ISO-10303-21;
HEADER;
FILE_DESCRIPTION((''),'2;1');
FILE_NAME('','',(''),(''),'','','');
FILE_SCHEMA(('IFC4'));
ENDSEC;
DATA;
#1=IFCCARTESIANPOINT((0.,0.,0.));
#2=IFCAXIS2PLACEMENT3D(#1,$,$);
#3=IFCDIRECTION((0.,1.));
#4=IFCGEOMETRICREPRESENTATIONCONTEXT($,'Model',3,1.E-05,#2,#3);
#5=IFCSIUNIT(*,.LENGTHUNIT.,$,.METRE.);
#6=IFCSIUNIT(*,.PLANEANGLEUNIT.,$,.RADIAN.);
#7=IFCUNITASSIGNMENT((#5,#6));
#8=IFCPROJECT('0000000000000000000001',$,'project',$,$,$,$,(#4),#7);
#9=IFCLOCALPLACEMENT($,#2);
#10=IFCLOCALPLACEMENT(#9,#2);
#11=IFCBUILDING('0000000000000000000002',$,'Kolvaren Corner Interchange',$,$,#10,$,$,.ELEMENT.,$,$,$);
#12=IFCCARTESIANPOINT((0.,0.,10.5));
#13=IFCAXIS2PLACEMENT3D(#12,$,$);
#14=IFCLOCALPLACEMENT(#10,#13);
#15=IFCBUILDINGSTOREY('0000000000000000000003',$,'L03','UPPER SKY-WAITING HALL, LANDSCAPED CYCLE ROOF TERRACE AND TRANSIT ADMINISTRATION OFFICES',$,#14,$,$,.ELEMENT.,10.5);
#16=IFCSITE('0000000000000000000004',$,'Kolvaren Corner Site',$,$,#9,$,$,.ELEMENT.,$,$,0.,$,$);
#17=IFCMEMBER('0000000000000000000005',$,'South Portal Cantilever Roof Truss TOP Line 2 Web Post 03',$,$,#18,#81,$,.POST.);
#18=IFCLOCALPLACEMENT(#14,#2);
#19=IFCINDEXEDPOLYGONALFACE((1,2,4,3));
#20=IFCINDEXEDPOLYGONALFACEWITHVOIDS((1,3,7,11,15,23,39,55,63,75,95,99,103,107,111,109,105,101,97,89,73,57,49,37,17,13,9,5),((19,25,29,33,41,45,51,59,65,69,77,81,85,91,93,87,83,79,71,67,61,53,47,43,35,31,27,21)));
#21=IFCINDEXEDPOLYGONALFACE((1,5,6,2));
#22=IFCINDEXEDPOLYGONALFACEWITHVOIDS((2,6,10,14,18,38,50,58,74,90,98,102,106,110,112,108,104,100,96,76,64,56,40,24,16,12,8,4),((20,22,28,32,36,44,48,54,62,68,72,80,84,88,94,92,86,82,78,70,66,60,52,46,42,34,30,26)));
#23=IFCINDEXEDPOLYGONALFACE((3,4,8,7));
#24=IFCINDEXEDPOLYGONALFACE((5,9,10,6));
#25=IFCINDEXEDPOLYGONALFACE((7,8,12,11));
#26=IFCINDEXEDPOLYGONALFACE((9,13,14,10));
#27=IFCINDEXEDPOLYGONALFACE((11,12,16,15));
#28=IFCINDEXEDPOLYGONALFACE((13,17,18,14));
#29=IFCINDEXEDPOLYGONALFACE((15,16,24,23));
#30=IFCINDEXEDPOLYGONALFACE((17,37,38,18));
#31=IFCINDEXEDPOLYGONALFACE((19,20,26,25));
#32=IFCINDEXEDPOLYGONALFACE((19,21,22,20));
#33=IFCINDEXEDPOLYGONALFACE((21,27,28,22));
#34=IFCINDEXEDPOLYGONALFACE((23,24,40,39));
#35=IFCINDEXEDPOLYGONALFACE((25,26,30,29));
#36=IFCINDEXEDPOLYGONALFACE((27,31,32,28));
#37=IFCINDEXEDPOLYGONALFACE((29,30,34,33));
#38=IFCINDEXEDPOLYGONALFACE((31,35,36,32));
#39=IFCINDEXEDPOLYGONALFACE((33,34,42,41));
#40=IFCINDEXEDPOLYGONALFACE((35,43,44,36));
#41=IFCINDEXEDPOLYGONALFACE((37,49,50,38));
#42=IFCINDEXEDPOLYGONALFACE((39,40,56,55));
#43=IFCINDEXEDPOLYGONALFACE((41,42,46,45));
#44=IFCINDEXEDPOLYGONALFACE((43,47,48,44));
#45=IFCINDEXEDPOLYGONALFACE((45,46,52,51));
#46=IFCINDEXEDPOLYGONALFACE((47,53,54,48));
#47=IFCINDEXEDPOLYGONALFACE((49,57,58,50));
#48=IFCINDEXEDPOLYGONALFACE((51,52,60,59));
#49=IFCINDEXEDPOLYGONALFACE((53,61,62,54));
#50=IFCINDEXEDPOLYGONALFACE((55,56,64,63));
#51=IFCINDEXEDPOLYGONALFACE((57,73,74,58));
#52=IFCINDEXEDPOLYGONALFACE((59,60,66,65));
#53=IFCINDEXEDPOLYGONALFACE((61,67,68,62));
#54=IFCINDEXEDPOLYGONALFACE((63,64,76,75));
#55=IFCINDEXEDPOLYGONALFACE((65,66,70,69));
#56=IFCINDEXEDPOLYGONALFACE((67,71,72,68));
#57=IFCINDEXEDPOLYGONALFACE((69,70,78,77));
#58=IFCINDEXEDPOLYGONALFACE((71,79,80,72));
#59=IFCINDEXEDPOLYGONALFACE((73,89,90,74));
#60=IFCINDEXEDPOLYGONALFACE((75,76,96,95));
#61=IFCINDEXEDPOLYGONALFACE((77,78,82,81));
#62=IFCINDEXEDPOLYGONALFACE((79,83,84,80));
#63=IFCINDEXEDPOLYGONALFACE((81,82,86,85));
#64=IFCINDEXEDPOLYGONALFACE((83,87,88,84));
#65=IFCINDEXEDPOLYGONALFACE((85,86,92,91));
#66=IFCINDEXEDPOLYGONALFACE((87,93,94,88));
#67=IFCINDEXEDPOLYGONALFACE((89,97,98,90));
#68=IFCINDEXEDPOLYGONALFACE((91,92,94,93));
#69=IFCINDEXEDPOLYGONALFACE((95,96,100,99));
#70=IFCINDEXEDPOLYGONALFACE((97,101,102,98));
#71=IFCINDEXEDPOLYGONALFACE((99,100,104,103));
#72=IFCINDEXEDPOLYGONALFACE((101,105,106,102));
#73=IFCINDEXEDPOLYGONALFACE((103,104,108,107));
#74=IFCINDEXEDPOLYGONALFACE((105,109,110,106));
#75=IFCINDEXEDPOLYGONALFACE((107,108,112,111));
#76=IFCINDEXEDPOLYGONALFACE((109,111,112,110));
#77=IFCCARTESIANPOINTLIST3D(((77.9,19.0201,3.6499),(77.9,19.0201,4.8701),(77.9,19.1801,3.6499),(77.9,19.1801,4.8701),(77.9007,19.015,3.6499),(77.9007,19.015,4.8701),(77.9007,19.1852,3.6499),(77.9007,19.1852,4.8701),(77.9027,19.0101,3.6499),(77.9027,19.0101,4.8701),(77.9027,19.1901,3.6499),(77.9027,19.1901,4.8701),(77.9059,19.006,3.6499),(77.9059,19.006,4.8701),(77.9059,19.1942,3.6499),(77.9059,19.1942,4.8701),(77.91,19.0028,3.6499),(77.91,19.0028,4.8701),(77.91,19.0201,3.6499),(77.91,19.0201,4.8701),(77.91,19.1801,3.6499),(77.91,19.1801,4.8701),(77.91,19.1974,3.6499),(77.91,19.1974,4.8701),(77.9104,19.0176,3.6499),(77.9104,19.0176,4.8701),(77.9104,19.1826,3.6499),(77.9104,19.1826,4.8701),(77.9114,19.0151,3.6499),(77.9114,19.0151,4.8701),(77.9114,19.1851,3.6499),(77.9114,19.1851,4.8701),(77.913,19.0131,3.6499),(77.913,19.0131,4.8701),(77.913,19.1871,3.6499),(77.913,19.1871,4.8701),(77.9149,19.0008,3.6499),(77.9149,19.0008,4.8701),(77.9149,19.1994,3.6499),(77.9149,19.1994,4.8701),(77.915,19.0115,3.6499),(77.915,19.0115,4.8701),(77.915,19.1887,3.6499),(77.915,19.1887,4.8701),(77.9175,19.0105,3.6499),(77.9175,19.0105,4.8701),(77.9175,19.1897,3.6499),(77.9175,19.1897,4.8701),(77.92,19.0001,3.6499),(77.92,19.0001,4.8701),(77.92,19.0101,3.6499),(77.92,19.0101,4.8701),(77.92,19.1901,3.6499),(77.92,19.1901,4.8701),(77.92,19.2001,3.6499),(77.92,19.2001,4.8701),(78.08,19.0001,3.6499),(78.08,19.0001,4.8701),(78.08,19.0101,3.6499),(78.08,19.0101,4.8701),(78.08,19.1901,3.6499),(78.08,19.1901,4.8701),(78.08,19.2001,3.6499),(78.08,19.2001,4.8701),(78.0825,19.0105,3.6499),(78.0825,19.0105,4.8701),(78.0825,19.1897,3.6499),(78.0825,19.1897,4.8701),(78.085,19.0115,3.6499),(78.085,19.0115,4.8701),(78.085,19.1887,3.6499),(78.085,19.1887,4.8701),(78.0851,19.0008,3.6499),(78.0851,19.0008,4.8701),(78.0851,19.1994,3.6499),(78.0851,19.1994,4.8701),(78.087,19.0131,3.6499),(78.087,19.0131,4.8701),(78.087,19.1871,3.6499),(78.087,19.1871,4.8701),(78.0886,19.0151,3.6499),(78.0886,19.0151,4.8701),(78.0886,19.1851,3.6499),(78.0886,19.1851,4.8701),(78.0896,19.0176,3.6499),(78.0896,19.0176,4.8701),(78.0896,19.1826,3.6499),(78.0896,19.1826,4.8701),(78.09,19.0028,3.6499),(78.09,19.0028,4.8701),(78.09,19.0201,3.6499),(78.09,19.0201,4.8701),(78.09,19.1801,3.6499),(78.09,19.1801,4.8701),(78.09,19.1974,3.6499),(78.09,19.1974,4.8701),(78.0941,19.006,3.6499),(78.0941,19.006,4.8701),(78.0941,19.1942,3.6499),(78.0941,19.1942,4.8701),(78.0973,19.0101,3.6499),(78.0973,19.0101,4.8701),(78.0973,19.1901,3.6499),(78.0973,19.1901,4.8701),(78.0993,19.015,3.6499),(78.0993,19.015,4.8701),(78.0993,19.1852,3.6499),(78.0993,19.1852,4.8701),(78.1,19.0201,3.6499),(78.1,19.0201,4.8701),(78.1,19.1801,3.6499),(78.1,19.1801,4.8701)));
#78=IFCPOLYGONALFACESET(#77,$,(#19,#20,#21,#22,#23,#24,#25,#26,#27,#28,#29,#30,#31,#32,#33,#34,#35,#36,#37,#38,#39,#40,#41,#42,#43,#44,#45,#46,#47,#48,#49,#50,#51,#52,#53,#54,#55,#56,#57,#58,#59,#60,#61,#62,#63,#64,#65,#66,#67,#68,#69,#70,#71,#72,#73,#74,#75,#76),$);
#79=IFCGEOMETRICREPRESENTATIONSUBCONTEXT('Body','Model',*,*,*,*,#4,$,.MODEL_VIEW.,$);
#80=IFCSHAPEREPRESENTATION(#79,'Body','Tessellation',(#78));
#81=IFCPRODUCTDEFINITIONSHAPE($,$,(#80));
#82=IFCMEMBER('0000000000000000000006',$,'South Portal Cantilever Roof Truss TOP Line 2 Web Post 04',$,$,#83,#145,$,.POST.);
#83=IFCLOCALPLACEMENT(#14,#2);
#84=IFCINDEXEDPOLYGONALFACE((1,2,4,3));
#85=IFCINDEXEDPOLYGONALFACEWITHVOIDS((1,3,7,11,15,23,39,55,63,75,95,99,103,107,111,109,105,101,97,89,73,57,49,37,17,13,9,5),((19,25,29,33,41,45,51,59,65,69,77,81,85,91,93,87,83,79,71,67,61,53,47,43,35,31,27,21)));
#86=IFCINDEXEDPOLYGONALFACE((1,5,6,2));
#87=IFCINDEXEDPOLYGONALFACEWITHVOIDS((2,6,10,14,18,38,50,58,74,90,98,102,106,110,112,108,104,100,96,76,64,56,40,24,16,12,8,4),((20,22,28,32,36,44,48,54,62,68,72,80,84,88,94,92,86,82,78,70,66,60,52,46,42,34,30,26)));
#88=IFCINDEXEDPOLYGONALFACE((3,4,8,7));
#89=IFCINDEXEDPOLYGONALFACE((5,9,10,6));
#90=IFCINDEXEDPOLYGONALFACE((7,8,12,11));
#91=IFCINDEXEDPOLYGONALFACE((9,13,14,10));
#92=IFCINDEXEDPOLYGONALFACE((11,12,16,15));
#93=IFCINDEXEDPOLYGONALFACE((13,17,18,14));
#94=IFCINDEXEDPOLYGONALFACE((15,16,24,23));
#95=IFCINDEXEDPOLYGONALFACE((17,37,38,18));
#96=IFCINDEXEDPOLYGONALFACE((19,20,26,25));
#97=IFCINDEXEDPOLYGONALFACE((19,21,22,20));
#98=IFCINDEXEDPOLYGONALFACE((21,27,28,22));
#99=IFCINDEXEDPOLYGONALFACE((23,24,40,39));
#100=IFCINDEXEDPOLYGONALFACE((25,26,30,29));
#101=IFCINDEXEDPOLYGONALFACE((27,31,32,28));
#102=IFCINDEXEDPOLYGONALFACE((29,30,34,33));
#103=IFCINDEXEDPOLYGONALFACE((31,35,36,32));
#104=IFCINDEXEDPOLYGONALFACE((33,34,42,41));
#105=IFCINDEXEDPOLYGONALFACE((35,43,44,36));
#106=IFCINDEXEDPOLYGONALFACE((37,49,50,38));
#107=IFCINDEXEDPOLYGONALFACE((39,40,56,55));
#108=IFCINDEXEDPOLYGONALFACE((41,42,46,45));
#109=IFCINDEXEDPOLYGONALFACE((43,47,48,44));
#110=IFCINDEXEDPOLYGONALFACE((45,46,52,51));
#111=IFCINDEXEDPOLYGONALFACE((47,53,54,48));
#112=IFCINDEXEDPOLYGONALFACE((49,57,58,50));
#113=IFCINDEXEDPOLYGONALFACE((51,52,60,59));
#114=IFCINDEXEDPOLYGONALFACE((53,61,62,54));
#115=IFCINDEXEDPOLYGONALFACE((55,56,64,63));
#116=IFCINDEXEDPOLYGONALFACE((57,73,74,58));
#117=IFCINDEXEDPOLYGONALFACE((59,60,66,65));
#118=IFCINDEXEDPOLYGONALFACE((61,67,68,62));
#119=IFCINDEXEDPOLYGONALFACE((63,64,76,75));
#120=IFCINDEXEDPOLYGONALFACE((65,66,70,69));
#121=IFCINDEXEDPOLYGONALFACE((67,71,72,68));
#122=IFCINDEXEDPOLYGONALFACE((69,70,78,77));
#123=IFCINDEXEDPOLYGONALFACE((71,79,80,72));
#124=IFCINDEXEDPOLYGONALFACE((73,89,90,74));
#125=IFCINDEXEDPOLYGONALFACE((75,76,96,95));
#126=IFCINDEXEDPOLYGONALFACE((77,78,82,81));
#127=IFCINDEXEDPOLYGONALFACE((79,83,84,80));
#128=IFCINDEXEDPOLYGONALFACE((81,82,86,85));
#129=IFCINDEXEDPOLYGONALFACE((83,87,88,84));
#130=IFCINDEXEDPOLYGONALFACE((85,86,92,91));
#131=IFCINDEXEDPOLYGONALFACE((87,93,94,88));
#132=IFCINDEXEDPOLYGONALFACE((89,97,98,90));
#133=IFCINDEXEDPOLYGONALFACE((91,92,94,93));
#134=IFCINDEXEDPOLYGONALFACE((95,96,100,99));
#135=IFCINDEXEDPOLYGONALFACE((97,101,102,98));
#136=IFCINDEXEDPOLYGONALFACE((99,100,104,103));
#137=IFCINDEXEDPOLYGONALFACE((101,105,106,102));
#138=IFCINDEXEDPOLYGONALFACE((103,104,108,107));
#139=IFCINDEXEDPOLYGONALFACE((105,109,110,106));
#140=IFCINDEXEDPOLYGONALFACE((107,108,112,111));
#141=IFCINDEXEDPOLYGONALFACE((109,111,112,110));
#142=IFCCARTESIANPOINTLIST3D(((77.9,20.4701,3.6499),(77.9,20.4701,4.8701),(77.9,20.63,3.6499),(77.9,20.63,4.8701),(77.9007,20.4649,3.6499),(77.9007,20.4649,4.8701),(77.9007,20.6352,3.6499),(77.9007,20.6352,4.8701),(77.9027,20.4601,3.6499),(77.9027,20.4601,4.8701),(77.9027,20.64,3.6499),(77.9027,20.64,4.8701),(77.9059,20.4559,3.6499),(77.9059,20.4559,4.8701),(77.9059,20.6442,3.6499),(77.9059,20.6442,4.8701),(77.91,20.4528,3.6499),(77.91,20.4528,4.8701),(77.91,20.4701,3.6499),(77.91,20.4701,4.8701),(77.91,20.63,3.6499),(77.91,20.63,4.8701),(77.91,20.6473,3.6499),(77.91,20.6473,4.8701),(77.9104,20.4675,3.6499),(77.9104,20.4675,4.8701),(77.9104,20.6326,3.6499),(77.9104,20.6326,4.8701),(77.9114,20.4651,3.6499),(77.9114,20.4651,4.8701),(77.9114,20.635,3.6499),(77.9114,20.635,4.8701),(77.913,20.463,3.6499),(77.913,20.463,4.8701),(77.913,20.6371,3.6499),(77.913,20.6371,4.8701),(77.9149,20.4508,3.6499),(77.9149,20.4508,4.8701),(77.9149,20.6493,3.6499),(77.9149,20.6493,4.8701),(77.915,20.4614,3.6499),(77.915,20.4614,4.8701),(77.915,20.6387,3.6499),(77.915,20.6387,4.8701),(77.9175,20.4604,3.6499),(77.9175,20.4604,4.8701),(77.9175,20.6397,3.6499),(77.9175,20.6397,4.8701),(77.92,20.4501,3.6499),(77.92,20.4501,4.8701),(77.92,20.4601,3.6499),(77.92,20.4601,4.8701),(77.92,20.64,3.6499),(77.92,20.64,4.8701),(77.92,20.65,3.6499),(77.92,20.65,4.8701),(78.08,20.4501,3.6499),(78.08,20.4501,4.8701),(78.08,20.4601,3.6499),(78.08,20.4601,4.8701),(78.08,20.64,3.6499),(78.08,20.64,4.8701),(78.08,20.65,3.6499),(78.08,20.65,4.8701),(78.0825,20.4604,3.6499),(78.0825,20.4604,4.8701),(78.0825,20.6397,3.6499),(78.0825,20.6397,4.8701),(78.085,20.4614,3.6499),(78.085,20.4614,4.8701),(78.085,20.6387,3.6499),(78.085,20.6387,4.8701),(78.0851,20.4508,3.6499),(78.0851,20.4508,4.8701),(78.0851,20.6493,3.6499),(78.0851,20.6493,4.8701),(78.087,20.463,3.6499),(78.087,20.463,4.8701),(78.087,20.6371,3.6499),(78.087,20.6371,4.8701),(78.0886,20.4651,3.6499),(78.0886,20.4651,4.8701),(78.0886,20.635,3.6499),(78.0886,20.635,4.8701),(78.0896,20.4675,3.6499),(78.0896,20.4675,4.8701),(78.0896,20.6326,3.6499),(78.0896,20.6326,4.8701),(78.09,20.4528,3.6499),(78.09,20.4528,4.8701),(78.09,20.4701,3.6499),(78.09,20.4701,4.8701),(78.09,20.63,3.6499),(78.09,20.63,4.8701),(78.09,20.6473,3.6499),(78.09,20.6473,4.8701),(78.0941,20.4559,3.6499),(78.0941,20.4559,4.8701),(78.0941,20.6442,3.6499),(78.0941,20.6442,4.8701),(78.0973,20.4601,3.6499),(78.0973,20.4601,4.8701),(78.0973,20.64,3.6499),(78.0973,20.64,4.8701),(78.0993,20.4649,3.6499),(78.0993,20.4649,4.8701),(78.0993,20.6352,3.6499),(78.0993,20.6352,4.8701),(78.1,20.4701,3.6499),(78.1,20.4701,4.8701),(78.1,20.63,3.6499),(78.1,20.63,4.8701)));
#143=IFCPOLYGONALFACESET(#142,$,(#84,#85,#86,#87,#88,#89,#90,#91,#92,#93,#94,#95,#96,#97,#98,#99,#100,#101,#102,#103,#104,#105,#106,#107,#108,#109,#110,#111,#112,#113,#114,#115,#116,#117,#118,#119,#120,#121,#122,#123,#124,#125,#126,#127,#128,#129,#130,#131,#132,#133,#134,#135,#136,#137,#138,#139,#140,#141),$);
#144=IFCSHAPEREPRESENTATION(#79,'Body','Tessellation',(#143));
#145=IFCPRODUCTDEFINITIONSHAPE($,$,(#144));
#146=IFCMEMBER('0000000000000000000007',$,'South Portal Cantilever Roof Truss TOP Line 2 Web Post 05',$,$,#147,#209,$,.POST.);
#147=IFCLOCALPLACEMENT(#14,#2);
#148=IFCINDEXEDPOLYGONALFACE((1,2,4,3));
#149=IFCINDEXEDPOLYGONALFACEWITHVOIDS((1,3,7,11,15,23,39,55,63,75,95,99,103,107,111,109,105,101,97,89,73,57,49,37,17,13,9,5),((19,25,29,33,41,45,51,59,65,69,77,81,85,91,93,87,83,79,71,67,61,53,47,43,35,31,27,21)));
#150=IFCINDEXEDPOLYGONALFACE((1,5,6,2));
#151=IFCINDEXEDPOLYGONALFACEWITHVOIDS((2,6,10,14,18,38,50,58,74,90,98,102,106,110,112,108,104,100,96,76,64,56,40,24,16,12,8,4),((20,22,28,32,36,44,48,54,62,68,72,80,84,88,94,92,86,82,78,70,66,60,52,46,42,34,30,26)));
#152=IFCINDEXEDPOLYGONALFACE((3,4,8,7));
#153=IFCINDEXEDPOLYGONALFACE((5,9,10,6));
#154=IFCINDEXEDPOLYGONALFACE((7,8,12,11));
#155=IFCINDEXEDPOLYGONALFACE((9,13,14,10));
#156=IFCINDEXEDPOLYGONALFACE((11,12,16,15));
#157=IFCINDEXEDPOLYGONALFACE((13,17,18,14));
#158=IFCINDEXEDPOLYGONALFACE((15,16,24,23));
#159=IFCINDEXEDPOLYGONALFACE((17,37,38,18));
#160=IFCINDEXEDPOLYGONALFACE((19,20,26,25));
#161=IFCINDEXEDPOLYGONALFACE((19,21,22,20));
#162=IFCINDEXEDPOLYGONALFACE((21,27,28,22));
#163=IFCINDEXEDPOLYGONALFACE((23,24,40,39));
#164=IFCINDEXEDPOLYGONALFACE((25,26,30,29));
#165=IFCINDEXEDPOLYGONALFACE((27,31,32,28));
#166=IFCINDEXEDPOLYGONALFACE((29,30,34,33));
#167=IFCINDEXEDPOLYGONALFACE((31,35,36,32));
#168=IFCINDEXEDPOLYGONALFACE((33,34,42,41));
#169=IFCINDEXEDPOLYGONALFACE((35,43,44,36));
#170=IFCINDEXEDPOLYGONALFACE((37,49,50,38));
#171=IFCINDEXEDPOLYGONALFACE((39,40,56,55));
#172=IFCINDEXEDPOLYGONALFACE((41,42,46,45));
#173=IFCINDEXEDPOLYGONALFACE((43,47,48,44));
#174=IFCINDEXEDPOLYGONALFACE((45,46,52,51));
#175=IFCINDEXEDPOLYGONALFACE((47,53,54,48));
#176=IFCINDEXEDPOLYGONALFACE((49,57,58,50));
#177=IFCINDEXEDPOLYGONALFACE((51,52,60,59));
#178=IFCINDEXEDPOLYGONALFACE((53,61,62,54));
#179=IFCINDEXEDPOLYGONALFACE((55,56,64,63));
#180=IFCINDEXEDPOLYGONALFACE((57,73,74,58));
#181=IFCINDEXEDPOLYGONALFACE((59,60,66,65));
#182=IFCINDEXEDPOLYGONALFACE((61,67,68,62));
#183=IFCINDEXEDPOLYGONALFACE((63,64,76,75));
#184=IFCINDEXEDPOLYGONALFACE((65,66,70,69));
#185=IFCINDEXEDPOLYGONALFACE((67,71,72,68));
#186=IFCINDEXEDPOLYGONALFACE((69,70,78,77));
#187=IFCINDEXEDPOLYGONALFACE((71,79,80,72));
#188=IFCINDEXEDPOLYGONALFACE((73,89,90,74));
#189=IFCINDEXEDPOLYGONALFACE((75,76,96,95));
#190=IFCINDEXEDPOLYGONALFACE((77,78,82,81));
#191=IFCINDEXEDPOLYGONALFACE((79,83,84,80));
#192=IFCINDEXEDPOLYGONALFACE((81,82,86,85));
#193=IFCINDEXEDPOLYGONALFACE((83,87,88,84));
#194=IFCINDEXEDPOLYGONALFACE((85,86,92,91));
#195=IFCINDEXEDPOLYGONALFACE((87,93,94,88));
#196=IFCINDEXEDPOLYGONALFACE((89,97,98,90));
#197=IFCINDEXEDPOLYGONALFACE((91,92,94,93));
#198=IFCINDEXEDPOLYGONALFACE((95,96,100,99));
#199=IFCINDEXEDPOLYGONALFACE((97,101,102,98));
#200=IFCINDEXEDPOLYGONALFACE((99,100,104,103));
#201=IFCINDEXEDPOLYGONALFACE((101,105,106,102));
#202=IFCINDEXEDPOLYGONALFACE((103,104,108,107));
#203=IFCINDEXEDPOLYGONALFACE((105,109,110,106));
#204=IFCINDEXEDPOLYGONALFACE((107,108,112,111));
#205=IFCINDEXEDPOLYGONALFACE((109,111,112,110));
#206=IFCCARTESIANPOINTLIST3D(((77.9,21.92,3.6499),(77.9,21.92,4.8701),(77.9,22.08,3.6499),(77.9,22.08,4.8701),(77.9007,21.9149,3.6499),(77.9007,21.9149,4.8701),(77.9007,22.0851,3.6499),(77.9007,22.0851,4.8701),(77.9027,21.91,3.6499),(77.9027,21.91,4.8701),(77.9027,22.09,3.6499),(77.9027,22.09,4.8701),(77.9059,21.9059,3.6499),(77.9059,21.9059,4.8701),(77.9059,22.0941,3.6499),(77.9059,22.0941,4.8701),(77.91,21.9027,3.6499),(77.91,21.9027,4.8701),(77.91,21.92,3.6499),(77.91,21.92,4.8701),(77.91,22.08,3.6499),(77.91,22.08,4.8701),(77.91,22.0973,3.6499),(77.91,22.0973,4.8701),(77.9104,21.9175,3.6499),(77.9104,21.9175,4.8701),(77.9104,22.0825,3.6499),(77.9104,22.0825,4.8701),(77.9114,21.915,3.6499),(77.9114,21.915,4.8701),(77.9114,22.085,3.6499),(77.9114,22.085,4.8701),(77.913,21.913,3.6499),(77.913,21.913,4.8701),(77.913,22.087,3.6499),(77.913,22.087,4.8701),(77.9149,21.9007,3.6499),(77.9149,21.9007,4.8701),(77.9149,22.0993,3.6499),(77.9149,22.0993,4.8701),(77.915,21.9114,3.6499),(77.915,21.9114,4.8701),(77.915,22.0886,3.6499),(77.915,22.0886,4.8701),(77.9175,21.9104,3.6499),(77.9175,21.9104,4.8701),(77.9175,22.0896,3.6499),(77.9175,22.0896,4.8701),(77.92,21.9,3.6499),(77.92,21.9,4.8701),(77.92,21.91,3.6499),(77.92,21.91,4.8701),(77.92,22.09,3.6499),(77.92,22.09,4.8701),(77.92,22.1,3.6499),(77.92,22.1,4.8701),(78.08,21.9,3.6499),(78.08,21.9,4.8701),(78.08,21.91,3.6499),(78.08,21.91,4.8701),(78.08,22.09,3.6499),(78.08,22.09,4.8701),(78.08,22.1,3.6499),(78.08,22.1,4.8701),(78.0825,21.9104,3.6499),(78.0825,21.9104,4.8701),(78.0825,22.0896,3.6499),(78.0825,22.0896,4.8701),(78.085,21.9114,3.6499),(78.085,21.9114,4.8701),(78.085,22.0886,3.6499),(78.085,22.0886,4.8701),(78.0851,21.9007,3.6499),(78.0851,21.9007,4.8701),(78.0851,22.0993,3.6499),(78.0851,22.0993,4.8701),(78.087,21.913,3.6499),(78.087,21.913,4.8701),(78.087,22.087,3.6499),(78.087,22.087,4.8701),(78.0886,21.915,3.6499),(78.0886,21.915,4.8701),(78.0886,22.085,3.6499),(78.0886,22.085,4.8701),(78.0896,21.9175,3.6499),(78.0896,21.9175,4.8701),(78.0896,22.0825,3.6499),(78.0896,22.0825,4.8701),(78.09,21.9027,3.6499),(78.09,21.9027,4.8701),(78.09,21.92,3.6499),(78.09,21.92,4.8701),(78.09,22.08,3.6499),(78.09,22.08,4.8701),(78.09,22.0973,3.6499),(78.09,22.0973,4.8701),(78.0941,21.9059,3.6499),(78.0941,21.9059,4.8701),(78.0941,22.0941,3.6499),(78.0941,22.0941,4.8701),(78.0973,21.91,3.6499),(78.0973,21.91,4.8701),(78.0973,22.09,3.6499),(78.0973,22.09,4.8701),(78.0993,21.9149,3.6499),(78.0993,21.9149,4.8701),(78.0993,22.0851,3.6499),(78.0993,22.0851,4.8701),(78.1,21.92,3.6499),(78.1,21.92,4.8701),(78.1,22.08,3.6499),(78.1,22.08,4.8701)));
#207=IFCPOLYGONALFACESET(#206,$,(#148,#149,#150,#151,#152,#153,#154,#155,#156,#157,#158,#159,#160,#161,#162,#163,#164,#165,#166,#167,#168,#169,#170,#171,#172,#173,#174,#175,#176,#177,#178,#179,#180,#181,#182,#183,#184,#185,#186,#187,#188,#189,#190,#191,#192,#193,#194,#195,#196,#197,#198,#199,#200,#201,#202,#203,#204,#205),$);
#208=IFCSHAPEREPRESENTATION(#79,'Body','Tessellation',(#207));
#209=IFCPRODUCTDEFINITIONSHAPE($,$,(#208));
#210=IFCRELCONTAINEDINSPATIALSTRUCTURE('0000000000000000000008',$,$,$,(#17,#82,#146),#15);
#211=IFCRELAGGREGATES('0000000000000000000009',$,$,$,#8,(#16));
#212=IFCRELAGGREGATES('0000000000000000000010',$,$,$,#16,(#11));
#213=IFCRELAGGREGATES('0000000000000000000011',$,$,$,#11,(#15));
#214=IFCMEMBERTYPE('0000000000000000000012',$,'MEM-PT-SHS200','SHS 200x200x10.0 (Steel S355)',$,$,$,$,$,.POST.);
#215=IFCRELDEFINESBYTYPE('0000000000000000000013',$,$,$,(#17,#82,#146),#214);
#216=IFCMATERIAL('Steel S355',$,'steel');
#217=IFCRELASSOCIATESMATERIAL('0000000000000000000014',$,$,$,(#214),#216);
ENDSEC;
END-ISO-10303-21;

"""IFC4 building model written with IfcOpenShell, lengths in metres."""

from ifc_helpers import new_model, si_unit, direction, frame, origin, origin_2d, place, context, subcontext, project, spatial, hollow_rectangle, extrude, material, material_profile, profile_set, type_object, element, save


model = new_model("IFC4")

# Units and contexts
model_context = context("Model", 3, precision=1e-05, world=origin(), true_north=direction((0.0, 1.0)))
body_context = subcontext(model_context, "Body", "Model", "MODEL_VIEW")
ifc_project = project(units=[si_unit("LENGTHUNIT", "METRE"), si_unit("PLANEANGLEUNIT", "RADIAN")], contexts=[model_context])

# Site, building, storey
site_placement = place(None, origin())
site = spatial("IfcSite", under=ifc_project, at=site_placement, Name="Kolvaren Corner Site", CompositionType="ELEMENT", RefElevation=0.0)
building_placement = place(site_placement, origin())
building = spatial("IfcBuilding", under=site, at=building_placement, Name="Kolvaren Corner Interchange", CompositionType="ELEMENT")
storey_placement = place(building_placement, frame((0.0, 0.0, 10.5)))
storey = spatial("IfcBuildingStorey", under=building, at=storey_placement, Name="L03", Description="UPPER SKY-WAITING HALL, LANDSCAPED CYCLE ROOF TERRACE AND TRANSIT ADMINISTRATION OFFICES", CompositionType="ELEMENT", Elevation=10.5)

# Members
ifc_material_1 = material(Name="Steel S355", Category="steel")
ifc_material_profile_1 = material_profile(ifc_material_1, hollow_rectangle(XDim=0.2, YDim=0.2, WallThickness=0.01, InnerFilletRadius=0.01, OuterFilletRadius=0.02, at=origin_2d()), Name="SHS 200x200x10.0")
ifc_profile_set_1 = profile_set([ifc_material_profile_1], Name="Steel S355")
member_type_1 = type_object("IfcMemberType", Name="MEM-PT-SHS200", Description="SHS 200x200x10.0 (Steel S355)", PredefinedType="POST", material=ifc_profile_set_1)
for number, where, z_axis, x_axis, name in (
    (1, (78.0, 19.1001, 3.6499), (0.0, 0.0, 1.0), (1.0, 0.0, 0.0), "South Portal Cantilever Roof Truss TOP Line 2 Web Post 03"),
    (2, (78.0, 20.55, 3.6499), (0.0, 0.0, 1.0), (1.0, 0.0, 0.0), "South Portal Cantilever Roof Truss TOP Line 2 Web Post 04"),
    (3, (78.0, 22.0, 3.6499), (0.0, 0.0, 1.0), (1.0, 0.0, 0.0), "South Portal Cantilever Roof Truss TOP Line 2 Web Post 05"),
):
    element("IfcMember", number, at=place(storey_placement, frame(where, z_axis=z_axis, x_axis=x_axis)), inside=storey, type_object=member_type_1, Name=name, PredefinedType="POST", context=body_context, shape_type="SweptSolid", body=[
        extrude(hollow_rectangle(XDim=0.2, YDim=0.2, WallThickness=0.01, InnerFilletRadius=0.01, OuterFilletRadius=0.02, at=origin_2d()), origin(), (0.0, 0.0, 1.0), 1.2202),
    ])

save(model, "model.ifc")
